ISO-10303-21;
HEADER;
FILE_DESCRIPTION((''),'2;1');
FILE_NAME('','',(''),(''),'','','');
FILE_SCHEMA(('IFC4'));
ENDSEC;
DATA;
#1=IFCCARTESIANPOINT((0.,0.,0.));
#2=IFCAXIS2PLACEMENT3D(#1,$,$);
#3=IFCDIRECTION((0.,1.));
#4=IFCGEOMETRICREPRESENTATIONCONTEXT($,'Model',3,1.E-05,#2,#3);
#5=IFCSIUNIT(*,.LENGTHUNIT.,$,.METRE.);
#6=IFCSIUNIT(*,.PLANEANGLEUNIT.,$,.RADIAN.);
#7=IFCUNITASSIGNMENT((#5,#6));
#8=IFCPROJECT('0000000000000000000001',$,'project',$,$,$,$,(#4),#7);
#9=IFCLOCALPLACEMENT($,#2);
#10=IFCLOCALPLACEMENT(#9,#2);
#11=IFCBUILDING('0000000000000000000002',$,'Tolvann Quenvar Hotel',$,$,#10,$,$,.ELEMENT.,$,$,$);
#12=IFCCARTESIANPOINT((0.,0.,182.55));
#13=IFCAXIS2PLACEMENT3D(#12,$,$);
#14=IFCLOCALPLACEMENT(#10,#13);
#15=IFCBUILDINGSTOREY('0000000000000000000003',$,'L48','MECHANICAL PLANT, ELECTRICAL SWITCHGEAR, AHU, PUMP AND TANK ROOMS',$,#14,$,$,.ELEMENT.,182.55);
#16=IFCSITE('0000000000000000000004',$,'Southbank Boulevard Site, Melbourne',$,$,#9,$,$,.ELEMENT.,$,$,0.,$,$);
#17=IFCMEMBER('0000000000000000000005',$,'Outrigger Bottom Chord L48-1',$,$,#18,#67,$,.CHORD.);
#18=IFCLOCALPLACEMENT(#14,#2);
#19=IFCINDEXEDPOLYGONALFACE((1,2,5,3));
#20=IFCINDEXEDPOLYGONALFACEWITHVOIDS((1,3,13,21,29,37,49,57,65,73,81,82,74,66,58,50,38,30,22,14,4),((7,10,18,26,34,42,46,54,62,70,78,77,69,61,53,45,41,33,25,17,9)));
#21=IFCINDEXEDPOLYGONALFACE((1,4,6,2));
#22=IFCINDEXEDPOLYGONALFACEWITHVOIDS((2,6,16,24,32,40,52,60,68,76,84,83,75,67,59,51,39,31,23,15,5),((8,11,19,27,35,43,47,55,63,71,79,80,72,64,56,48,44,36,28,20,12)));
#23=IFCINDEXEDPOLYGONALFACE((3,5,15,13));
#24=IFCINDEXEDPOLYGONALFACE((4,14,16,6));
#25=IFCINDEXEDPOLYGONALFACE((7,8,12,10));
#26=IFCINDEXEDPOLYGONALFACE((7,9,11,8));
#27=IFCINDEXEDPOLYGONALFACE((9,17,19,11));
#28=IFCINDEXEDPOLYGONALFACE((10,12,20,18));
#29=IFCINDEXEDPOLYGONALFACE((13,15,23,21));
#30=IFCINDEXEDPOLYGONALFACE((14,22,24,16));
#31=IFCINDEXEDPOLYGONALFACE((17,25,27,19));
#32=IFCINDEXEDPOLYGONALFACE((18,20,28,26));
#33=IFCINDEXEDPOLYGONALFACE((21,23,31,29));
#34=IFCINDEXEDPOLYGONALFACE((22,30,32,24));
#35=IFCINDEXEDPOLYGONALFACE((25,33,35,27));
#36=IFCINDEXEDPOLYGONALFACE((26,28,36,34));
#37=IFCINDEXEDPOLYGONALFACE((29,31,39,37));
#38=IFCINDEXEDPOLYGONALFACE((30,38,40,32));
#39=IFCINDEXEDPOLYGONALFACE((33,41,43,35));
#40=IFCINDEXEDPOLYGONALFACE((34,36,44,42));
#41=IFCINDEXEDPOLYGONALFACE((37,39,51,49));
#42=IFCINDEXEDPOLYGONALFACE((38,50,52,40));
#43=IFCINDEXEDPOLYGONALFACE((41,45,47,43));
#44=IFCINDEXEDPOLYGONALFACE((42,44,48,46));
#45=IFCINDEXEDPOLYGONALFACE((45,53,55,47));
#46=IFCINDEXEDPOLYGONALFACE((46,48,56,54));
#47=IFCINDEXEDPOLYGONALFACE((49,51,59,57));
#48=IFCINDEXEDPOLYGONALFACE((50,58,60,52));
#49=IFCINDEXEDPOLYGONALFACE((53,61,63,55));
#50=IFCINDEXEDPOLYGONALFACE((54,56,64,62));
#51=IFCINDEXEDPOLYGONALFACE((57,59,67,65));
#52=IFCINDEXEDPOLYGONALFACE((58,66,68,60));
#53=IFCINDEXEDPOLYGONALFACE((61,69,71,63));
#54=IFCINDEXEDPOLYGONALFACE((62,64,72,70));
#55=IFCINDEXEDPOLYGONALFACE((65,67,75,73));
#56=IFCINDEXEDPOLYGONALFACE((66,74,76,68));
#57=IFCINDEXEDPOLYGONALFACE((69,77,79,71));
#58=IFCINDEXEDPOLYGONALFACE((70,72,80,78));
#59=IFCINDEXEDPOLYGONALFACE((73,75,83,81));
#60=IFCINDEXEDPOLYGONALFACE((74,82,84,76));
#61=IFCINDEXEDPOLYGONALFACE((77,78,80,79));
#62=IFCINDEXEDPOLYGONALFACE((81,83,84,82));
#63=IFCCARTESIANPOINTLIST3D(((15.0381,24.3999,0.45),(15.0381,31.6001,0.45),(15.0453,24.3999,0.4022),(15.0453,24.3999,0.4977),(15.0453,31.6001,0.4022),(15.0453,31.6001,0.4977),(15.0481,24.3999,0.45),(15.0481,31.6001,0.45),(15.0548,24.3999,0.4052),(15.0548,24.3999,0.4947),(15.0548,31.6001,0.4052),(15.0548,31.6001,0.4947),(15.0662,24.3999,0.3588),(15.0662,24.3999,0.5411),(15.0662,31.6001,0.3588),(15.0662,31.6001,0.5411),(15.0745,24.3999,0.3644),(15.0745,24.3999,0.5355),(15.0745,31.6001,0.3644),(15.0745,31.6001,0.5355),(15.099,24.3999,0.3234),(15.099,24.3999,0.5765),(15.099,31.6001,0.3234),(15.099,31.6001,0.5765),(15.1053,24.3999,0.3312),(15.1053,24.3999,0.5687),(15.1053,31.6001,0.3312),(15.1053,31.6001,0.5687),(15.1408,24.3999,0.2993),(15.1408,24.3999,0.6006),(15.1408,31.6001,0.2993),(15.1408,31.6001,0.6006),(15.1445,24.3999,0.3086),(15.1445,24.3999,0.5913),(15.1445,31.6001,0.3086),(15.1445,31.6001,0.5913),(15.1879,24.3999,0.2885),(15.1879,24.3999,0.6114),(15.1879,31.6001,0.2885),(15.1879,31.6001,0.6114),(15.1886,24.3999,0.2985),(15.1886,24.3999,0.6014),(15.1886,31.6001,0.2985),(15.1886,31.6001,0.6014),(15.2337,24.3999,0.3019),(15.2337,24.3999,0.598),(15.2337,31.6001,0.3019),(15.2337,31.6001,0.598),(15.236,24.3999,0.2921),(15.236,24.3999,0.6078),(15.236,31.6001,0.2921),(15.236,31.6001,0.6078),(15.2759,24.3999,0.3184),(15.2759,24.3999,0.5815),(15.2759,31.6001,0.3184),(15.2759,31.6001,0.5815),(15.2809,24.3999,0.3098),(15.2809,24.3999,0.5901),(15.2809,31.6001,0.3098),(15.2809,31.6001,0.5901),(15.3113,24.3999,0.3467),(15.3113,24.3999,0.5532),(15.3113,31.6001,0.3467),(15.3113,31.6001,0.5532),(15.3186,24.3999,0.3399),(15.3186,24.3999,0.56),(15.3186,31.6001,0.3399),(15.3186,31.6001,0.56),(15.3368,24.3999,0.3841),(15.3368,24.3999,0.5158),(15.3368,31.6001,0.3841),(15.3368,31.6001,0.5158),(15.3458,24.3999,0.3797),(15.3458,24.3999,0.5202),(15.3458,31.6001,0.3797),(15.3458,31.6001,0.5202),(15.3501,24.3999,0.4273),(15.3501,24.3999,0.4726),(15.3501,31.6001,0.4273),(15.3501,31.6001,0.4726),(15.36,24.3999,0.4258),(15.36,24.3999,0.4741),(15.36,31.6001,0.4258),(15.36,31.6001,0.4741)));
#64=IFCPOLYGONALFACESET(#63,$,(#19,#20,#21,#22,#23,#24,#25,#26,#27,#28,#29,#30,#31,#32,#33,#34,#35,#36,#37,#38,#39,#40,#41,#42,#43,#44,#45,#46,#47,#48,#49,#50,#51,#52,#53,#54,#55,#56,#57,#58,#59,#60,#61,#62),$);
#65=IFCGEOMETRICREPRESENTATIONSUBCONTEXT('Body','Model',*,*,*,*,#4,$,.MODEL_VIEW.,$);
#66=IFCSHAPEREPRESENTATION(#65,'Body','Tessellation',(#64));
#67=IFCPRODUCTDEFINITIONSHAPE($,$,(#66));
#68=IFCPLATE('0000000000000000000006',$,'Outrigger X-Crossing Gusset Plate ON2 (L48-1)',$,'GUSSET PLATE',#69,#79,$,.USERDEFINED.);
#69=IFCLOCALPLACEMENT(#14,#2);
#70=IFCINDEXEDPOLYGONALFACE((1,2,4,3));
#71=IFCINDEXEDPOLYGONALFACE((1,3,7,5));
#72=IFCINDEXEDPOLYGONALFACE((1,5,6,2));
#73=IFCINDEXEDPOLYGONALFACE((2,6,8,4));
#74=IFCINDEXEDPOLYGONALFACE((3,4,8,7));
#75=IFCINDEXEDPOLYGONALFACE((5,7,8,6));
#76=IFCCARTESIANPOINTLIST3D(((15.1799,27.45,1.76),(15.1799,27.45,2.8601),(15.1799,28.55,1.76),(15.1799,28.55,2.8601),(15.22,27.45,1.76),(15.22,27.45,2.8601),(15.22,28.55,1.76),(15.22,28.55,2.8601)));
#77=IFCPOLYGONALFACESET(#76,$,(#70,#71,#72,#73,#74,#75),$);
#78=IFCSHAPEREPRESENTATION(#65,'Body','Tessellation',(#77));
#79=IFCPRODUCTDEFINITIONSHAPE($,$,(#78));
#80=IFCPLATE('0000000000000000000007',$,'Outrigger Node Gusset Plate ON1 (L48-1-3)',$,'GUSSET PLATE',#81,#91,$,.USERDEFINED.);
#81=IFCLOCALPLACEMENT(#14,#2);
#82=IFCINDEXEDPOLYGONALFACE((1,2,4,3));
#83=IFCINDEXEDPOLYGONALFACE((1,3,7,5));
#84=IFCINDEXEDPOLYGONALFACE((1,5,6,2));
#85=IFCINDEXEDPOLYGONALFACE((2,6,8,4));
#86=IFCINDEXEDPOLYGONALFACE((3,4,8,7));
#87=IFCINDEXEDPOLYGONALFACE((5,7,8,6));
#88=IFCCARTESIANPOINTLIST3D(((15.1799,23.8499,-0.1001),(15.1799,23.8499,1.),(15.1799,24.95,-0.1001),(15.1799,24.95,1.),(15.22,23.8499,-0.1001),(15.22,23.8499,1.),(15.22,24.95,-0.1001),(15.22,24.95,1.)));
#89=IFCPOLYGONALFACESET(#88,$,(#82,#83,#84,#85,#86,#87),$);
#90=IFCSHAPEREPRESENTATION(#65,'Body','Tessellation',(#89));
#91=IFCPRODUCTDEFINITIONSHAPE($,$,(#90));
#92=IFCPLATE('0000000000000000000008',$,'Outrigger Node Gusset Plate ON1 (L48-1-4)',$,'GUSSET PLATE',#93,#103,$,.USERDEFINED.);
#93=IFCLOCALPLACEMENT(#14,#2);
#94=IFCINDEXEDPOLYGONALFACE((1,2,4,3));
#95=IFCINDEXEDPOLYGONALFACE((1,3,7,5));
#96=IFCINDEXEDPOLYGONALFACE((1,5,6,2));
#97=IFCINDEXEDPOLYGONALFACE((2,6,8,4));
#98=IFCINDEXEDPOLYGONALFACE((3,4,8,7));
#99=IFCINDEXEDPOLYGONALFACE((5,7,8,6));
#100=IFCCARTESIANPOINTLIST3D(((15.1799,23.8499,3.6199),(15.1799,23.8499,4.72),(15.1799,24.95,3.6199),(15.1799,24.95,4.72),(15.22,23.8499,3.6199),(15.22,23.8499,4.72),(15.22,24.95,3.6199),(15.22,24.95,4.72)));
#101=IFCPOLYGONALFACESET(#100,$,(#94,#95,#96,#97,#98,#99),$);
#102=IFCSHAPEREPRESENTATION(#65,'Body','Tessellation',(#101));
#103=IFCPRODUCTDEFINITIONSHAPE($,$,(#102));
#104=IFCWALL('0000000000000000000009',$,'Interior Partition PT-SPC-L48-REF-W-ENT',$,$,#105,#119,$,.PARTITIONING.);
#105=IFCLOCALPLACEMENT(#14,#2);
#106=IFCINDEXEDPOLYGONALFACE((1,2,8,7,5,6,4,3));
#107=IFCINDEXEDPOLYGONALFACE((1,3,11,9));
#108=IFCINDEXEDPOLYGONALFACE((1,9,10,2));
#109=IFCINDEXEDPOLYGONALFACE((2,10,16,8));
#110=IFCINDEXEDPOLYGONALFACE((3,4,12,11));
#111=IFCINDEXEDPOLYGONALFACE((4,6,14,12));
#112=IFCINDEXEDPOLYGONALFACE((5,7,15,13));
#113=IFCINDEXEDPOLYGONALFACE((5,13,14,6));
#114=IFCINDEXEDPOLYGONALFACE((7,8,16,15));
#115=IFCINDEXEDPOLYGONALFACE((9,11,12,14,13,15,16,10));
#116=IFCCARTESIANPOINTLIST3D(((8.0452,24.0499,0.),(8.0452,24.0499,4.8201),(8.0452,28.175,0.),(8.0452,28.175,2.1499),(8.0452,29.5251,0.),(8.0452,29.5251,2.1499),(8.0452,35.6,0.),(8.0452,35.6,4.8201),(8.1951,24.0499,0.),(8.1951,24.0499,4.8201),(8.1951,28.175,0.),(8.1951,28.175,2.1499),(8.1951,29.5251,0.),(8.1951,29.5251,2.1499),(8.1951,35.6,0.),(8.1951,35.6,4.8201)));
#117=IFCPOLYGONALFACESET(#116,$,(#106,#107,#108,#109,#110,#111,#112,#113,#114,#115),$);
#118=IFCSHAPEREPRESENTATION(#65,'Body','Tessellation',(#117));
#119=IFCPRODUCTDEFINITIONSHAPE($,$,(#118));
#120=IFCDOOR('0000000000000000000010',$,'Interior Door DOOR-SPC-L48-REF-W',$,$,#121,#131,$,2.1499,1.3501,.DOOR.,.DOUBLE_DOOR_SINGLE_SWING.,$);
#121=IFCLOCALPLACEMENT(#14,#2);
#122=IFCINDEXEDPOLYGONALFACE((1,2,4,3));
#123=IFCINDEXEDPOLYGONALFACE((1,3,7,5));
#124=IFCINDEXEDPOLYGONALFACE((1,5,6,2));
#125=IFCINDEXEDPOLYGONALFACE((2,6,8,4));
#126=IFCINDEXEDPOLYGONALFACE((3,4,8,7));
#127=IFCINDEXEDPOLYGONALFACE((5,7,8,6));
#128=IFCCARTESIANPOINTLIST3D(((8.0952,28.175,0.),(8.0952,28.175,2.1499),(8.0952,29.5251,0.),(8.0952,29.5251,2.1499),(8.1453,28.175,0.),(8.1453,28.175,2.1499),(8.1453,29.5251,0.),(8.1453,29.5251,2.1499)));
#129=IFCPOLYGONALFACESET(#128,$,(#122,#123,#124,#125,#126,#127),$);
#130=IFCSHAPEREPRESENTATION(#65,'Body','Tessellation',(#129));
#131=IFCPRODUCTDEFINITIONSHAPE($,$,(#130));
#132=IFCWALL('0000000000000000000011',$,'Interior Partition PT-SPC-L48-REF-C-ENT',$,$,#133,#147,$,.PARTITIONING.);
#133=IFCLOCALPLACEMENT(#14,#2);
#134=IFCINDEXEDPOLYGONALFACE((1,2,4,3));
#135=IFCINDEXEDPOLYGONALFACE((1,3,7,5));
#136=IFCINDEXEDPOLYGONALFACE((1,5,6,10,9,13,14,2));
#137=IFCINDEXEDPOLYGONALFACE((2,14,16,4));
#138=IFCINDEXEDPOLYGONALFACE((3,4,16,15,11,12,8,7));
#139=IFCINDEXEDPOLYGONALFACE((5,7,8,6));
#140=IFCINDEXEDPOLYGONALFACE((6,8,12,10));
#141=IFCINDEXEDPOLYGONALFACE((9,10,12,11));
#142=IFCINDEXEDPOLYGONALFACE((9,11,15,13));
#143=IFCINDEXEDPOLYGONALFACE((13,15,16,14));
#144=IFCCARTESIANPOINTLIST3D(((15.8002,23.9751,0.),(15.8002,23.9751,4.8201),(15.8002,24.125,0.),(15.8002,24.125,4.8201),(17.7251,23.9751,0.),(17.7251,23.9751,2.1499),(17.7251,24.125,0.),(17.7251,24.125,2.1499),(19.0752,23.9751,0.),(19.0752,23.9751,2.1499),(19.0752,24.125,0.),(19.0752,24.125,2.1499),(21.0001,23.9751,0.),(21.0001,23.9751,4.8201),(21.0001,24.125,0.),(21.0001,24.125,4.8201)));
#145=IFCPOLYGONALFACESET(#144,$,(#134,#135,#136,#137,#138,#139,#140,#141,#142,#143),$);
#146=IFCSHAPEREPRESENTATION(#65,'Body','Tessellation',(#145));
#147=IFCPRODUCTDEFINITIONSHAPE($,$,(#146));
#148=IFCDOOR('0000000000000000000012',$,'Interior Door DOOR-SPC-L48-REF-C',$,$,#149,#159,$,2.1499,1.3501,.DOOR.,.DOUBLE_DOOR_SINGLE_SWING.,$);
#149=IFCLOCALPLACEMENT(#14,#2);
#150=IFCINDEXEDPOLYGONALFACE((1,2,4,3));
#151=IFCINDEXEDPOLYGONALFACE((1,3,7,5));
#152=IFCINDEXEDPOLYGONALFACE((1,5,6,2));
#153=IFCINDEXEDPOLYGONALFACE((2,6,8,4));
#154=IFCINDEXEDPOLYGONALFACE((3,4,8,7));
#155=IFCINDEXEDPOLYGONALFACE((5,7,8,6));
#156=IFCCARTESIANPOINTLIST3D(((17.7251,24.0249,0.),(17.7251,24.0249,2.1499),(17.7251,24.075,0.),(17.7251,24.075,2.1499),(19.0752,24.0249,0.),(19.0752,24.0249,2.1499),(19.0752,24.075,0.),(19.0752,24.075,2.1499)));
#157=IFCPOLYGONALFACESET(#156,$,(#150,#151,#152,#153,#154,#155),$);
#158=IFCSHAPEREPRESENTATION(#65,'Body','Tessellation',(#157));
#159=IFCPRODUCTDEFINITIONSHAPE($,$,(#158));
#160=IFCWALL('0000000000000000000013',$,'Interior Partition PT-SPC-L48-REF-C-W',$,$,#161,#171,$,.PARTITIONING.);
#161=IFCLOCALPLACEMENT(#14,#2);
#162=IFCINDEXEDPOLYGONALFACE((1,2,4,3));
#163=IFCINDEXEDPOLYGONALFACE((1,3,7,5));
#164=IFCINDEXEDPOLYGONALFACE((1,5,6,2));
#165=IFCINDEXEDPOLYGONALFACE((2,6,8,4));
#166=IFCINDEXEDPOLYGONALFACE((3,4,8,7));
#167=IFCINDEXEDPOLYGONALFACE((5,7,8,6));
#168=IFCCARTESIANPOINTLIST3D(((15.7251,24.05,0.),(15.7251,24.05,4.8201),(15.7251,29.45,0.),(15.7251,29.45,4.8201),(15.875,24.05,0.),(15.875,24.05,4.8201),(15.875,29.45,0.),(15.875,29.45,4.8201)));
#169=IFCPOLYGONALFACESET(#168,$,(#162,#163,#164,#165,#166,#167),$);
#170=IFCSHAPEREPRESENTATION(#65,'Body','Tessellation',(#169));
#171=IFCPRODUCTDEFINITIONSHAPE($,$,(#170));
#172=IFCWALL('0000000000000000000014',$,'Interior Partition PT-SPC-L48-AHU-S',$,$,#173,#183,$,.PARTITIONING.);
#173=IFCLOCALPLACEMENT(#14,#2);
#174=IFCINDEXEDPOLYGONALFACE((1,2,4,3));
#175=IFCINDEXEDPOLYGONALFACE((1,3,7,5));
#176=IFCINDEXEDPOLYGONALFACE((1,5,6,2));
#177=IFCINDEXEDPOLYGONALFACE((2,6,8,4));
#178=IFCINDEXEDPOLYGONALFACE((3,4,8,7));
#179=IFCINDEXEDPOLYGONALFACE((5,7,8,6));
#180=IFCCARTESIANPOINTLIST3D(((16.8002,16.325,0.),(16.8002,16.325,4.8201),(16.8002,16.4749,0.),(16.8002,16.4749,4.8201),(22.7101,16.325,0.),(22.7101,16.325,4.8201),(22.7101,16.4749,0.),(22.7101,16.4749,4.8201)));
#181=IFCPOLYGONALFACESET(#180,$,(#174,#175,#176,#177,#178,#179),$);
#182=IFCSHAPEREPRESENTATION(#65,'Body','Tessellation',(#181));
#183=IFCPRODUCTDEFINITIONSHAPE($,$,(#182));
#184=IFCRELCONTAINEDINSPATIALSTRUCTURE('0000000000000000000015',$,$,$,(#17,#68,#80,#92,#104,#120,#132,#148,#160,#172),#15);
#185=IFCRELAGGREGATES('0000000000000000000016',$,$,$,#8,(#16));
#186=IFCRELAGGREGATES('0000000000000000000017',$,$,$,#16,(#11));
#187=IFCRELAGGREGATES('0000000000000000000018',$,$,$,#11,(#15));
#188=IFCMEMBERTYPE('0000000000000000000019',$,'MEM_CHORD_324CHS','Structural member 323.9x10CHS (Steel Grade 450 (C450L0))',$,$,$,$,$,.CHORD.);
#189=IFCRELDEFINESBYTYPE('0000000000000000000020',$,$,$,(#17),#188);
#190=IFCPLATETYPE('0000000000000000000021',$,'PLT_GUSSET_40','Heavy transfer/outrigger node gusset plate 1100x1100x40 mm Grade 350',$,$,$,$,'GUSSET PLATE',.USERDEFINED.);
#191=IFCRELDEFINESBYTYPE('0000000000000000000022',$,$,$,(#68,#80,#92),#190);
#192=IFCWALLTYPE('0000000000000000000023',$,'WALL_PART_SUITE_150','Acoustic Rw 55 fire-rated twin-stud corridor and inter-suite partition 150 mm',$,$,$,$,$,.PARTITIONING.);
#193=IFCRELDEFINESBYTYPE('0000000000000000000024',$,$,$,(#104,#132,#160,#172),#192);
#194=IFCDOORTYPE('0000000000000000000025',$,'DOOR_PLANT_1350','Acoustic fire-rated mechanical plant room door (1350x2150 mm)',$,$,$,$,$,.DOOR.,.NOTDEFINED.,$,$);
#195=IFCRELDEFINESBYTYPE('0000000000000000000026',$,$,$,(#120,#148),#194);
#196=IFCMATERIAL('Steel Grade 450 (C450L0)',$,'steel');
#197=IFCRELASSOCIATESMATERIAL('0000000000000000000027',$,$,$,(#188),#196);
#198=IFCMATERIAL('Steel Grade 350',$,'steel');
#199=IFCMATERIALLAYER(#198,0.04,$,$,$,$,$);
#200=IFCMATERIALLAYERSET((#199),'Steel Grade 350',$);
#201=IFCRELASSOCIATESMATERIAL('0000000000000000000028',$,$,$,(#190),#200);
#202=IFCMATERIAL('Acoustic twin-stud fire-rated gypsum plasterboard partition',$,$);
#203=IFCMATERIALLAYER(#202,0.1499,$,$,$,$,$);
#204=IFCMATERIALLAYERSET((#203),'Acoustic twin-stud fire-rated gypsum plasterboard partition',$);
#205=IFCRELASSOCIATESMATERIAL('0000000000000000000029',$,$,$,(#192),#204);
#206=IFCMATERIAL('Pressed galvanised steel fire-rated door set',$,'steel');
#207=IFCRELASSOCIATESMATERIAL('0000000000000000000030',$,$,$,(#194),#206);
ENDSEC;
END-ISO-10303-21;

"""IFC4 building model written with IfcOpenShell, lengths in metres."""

from ifc_helpers import new_model, si_unit, direction, frame, frame_2d, origin, origin_2d, place, context, subcontext, project, spatial, rectangle, hollow_circle, extrude, source, transform, mapped, material, layer, layer_set, material_profile, profile_set, type_object, type_shapes, element, fill, save


model = new_model("IFC4")

# Units and contexts
model_context = context("Model", 3, precision=1e-05, world=origin(), true_north=direction((0.0, 1.0)))
body_context = subcontext(model_context, "Body", "Model", "MODEL_VIEW")
ifc_project = project(units=[si_unit("LENGTHUNIT", "METRE"), si_unit("PLANEANGLEUNIT", "RADIAN")], contexts=[model_context])

# Site, building, storey
site_placement = place(None, origin())
site = spatial("IfcSite", under=ifc_project, at=site_placement, Name="Southbank Boulevard Site, Melbourne", CompositionType="ELEMENT", RefElevation=0.0)
building_placement = place(site_placement, origin())
building = spatial("IfcBuilding", under=site, at=building_placement, Name="Tolvann Quenvar Hotel", CompositionType="ELEMENT")
storey_placement = place(building_placement, frame((0.0, 0.0, 182.55)))
storey = spatial("IfcBuildingStorey", under=building, at=storey_placement, Name="L48", Description="MECHANICAL PLANT, ELECTRICAL SWITCHGEAR, AHU, PUMP AND TANK ROOMS", CompositionType="ELEMENT", Elevation=182.55)

# Shared definitions
ifc_material_1 = material(Name="Steel Grade 350", Category="steel")

# Member
ifc_material_2 = material(Name="Steel Grade 450 (C450L0)", Category="steel")
ifc_material_profile_1 = material_profile(ifc_material_2, hollow_circle(Radius=0.1619, WallThickness=0.01, at=origin_2d()), Name="323.9x10CHS")
ifc_profile_set_1 = profile_set([ifc_material_profile_1], Name="Steel Grade 450 (C450L0)")
member_type_1 = type_object("IfcMemberType", Name="MEM_CHORD_324CHS", Description="Structural member 323.9x10CHS (Steel Grade 450 (C450L0))", PredefinedType="CHORD", material=ifc_profile_set_1)
shared_shape_1 = source(origin(), body_context, "Body", "SweptSolid", [
    extrude(hollow_circle(Radius=0.1619, WallThickness=0.01, at=origin_2d()), origin(), (0.0, 0.0, 1.0), 7.2002),
])
type_shapes(member_type_1, [shared_shape_1])
member_placement = place(storey_placement, frame((15.2, 24.3999, 0.45), z_axis=(0.0, 1.0, 0.0), x_axis=(-1.0, 0.0, 0.0)))
element("IfcMember", 1, at=member_placement, inside=storey, type_object=member_type_1, Name="Outrigger Bottom Chord L48-1", PredefinedType="CHORD", context=body_context, shape_type="MappedRepresentation", body=[
    mapped(shared_shape_1, transform((0.0, 0.0, 0.0), x_axis=(1.0, 0.0, 0.0), y_axis=(0.0, 1.0, 0.0), z_axis=(0.0, 0.0, 1.0), scale=1.0)),
])

# Plates
ifc_layer_1 = layer(ifc_material_1, 0.04)
ifc_layer_set_1 = layer_set([ifc_layer_1], Name="Steel Grade 350")
plate_type = type_object("IfcPlateType", Name="PLT_GUSSET_40", Description="Heavy transfer/outrigger node gusset plate 1100x1100x40 mm Grade 350", ElementType="GUSSET PLATE", PredefinedType="USERDEFINED", material=ifc_layer_set_1)
shared_shape_2 = source(origin(), body_context, "Body", "SweptSolid", [
    extrude(rectangle(XDim=0.04, YDim=1.1001, at=origin_2d()), origin(), (0.0, 0.0, 1.0), 1.1001),
])
type_shapes(plate_type, [shared_shape_2])
for number, where, z_axis, x_axis, name in (
    (2, (15.2, 28.0, 1.76), (0.0, 0.0, 1.0), (1.0, 0.0, 0.0), "Outrigger X-Crossing Gusset Plate ON2 (L48-1)"),
    (3, (15.2, 24.3999, -0.1001), (0.0, 0.0, 1.0), (1.0, 0.0, 0.0), "Outrigger Node Gusset Plate ON1 (L48-1-3)"),
    (4, (15.2, 24.3999, 3.6199), (0.0, 0.0, 1.0), (1.0, 0.0, 0.0), "Outrigger Node Gusset Plate ON1 (L48-1-4)"),
):
    element("IfcPlate", number, at=place(storey_placement, frame(where, z_axis=z_axis, x_axis=x_axis)), inside=storey, type_object=plate_type, Name=name, ObjectType="GUSSET PLATE", PredefinedType="USERDEFINED", context=body_context, shape_type="MappedRepresentation", body=[
        mapped(shared_shape_2, transform((0.0, 0.0, 0.0), x_axis=(1.0, 0.0, 0.0), y_axis=(0.0, 1.0, 0.0), z_axis=(0.0, 0.0, 1.0), scale=1.0)),
    ])

# Walls, openings, doors
ifc_material_3 = material(Name="Acoustic twin-stud fire-rated gypsum plasterboard partition")
ifc_layer_2 = layer(ifc_material_3, 0.1499)
ifc_layer_set_2 = layer_set([ifc_layer_2], Name="Acoustic twin-stud fire-rated gypsum plasterboard partition")
wall_type = type_object("IfcWallType", Name="WALL_PART_SUITE_150", Description="Acoustic Rw 55 fire-rated twin-stud corridor and inter-suite partition 150 mm", PredefinedType="PARTITIONING", material=ifc_layer_set_2)
wall_1_placement = place(storey_placement, frame((8.1201, 24.05, 0.0), z_axis=(0.0, 0.0, 1.0), x_axis=(0.0, 1.0, 0.0)))
wall_1 = element("IfcWall", 5, at=wall_1_placement, inside=storey, type_object=wall_type, Name="Interior Partition PT-SPC-L48-REF-W-ENT", PredefinedType="PARTITIONING", context=body_context, shape_type="SweptSolid", body=[
    extrude(rectangle(XDim=11.55, YDim=0.1499, at=frame_2d((5.7749, 0.0))), origin(), (0.0, 0.0, 1.0), 4.8201),
])
opening_1_placement = place(wall_1_placement, frame((4.125, 0.0, 0.0)))
opening_1 = element("IfcOpeningElement", 6, at=opening_1_placement, cuts=wall_1, PredefinedType="OPENING", context=body_context, shape_type="SweptSolid", body=[
    extrude(rectangle(XDim=1.3501, YDim=2.1499, at=frame_2d((0.675, 1.075))), frame((0.0, 0.085, 0.0), z_axis=(0.0, -1.0, 0.0), x_axis=(1.0, 0.0, 0.0)), (0.0, 0.0, 1.0), 0.1699),
])
ifc_material_4 = material(Name="Pressed galvanised steel fire-rated door set", Category="steel")
door_type = type_object("IfcDoorType", Name="DOOR_PLANT_1350", Description="Acoustic fire-rated mechanical plant room door (1350x2150 mm)", OperationType="NOTDEFINED", PredefinedType="DOOR", material=ifc_material_4)
shared_shape_3 = source(origin(), body_context, "Body", "SweptSolid", [
    extrude(rectangle(XDim=1.3501, YDim=2.1499, at=frame_2d((0.675, 1.075))), frame((0.0, 0.0249, 0.0), z_axis=(0.0, -1.0, 0.0), x_axis=(1.0, 0.0, 0.0)), (0.0, 0.0, 1.0), 0.05),
])
type_shapes(door_type, [shared_shape_3])
door_1_placement = place(opening_1_placement, origin())
door_1 = element("IfcDoor", 7, at=door_1_placement, inside=storey, type_object=door_type, Name="Interior Door DOOR-SPC-L48-REF-W", OperationType="DOUBLE_DOOR_SINGLE_SWING", OverallHeight=2.1499, OverallWidth=1.3501, PredefinedType="DOOR", context=body_context, shape_type="MappedRepresentation", body=[
    mapped(shared_shape_3, transform((0.0, 0.0, 0.0), x_axis=(1.0, 0.0, 0.0), y_axis=(0.0, 1.0, 0.0), z_axis=(0.0, 0.0, 1.0), scale=1.0)),
])
fill(opening_1, door_1)
wall_2_placement = place(storey_placement, frame((15.8, 24.05, 0.0), z_axis=(0.0, 0.0, 1.0), x_axis=(1.0, 0.0, 0.0)))
wall_2 = element("IfcWall", 8, at=wall_2_placement, inside=storey, type_object=wall_type, Name="Interior Partition PT-SPC-L48-REF-C-ENT", PredefinedType="PARTITIONING", context=body_context, shape_type="SweptSolid", body=[
    extrude(rectangle(XDim=5.2, YDim=0.1499, at=frame_2d((2.6001, 0.0))), origin(), (0.0, 0.0, 1.0), 4.8201),
])
opening_2_placement = place(wall_2_placement, frame((1.925, 0.0, 0.0)))
opening_2 = element("IfcOpeningElement", 9, at=opening_2_placement, cuts=wall_2, PredefinedType="OPENING", context=body_context, shape_type="SweptSolid", body=[
    extrude(rectangle(XDim=1.3501, YDim=2.1499, at=frame_2d((0.675, 1.075))), frame((0.0, 0.085, 0.0), z_axis=(0.0, -1.0, 0.0), x_axis=(1.0, 0.0, 0.0)), (0.0, 0.0, 1.0), 0.1699),
])
door_2_placement = place(opening_2_placement, origin())
door_2 = element("IfcDoor", 10, at=door_2_placement, inside=storey, type_object=door_type, Name="Interior Door DOOR-SPC-L48-REF-C", OperationType="DOUBLE_DOOR_SINGLE_SWING", OverallHeight=2.1499, OverallWidth=1.3501, PredefinedType="DOOR", context=body_context, shape_type="MappedRepresentation", body=[
    mapped(shared_shape_3, transform((0.0, 0.0, 0.0), x_axis=(1.0, 0.0, 0.0), y_axis=(0.0, 1.0, 0.0), z_axis=(0.0, 0.0, 1.0), scale=1.0)),
])
fill(opening_2, door_2)

# Walls
wall_3_placement = place(storey_placement, frame((15.8, 24.05, 0.0), z_axis=(0.0, 0.0, 1.0), x_axis=(0.0, 1.0, 0.0)))
element("IfcWall", 11, at=wall_3_placement, inside=storey, type_object=wall_type, Name="Interior Partition PT-SPC-L48-REF-C-W", PredefinedType="PARTITIONING", context=body_context, shape_type="SweptSolid", body=[
    extrude(rectangle(XDim=5.3999, YDim=0.1499, at=frame_2d((2.7, 0.0))), origin(), (0.0, 0.0, 1.0), 4.8201),
])
wall_4_placement = place(storey_placement, frame((16.8, 16.3999, 0.0), z_axis=(0.0, 0.0, 1.0), x_axis=(1.0, 0.0, 0.0)))
element("IfcWall", 12, at=wall_4_placement, inside=storey, type_object=wall_type, Name="Interior Partition PT-SPC-L48-AHU-S", PredefinedType="PARTITIONING", context=body_context, shape_type="SweptSolid", body=[
    extrude(rectangle(XDim=5.9099, YDim=0.1499, at=frame_2d((2.9551, 0.0))), origin(), (0.0, 0.0, 1.0), 4.8201),
])

save(model, "model.ifc")
